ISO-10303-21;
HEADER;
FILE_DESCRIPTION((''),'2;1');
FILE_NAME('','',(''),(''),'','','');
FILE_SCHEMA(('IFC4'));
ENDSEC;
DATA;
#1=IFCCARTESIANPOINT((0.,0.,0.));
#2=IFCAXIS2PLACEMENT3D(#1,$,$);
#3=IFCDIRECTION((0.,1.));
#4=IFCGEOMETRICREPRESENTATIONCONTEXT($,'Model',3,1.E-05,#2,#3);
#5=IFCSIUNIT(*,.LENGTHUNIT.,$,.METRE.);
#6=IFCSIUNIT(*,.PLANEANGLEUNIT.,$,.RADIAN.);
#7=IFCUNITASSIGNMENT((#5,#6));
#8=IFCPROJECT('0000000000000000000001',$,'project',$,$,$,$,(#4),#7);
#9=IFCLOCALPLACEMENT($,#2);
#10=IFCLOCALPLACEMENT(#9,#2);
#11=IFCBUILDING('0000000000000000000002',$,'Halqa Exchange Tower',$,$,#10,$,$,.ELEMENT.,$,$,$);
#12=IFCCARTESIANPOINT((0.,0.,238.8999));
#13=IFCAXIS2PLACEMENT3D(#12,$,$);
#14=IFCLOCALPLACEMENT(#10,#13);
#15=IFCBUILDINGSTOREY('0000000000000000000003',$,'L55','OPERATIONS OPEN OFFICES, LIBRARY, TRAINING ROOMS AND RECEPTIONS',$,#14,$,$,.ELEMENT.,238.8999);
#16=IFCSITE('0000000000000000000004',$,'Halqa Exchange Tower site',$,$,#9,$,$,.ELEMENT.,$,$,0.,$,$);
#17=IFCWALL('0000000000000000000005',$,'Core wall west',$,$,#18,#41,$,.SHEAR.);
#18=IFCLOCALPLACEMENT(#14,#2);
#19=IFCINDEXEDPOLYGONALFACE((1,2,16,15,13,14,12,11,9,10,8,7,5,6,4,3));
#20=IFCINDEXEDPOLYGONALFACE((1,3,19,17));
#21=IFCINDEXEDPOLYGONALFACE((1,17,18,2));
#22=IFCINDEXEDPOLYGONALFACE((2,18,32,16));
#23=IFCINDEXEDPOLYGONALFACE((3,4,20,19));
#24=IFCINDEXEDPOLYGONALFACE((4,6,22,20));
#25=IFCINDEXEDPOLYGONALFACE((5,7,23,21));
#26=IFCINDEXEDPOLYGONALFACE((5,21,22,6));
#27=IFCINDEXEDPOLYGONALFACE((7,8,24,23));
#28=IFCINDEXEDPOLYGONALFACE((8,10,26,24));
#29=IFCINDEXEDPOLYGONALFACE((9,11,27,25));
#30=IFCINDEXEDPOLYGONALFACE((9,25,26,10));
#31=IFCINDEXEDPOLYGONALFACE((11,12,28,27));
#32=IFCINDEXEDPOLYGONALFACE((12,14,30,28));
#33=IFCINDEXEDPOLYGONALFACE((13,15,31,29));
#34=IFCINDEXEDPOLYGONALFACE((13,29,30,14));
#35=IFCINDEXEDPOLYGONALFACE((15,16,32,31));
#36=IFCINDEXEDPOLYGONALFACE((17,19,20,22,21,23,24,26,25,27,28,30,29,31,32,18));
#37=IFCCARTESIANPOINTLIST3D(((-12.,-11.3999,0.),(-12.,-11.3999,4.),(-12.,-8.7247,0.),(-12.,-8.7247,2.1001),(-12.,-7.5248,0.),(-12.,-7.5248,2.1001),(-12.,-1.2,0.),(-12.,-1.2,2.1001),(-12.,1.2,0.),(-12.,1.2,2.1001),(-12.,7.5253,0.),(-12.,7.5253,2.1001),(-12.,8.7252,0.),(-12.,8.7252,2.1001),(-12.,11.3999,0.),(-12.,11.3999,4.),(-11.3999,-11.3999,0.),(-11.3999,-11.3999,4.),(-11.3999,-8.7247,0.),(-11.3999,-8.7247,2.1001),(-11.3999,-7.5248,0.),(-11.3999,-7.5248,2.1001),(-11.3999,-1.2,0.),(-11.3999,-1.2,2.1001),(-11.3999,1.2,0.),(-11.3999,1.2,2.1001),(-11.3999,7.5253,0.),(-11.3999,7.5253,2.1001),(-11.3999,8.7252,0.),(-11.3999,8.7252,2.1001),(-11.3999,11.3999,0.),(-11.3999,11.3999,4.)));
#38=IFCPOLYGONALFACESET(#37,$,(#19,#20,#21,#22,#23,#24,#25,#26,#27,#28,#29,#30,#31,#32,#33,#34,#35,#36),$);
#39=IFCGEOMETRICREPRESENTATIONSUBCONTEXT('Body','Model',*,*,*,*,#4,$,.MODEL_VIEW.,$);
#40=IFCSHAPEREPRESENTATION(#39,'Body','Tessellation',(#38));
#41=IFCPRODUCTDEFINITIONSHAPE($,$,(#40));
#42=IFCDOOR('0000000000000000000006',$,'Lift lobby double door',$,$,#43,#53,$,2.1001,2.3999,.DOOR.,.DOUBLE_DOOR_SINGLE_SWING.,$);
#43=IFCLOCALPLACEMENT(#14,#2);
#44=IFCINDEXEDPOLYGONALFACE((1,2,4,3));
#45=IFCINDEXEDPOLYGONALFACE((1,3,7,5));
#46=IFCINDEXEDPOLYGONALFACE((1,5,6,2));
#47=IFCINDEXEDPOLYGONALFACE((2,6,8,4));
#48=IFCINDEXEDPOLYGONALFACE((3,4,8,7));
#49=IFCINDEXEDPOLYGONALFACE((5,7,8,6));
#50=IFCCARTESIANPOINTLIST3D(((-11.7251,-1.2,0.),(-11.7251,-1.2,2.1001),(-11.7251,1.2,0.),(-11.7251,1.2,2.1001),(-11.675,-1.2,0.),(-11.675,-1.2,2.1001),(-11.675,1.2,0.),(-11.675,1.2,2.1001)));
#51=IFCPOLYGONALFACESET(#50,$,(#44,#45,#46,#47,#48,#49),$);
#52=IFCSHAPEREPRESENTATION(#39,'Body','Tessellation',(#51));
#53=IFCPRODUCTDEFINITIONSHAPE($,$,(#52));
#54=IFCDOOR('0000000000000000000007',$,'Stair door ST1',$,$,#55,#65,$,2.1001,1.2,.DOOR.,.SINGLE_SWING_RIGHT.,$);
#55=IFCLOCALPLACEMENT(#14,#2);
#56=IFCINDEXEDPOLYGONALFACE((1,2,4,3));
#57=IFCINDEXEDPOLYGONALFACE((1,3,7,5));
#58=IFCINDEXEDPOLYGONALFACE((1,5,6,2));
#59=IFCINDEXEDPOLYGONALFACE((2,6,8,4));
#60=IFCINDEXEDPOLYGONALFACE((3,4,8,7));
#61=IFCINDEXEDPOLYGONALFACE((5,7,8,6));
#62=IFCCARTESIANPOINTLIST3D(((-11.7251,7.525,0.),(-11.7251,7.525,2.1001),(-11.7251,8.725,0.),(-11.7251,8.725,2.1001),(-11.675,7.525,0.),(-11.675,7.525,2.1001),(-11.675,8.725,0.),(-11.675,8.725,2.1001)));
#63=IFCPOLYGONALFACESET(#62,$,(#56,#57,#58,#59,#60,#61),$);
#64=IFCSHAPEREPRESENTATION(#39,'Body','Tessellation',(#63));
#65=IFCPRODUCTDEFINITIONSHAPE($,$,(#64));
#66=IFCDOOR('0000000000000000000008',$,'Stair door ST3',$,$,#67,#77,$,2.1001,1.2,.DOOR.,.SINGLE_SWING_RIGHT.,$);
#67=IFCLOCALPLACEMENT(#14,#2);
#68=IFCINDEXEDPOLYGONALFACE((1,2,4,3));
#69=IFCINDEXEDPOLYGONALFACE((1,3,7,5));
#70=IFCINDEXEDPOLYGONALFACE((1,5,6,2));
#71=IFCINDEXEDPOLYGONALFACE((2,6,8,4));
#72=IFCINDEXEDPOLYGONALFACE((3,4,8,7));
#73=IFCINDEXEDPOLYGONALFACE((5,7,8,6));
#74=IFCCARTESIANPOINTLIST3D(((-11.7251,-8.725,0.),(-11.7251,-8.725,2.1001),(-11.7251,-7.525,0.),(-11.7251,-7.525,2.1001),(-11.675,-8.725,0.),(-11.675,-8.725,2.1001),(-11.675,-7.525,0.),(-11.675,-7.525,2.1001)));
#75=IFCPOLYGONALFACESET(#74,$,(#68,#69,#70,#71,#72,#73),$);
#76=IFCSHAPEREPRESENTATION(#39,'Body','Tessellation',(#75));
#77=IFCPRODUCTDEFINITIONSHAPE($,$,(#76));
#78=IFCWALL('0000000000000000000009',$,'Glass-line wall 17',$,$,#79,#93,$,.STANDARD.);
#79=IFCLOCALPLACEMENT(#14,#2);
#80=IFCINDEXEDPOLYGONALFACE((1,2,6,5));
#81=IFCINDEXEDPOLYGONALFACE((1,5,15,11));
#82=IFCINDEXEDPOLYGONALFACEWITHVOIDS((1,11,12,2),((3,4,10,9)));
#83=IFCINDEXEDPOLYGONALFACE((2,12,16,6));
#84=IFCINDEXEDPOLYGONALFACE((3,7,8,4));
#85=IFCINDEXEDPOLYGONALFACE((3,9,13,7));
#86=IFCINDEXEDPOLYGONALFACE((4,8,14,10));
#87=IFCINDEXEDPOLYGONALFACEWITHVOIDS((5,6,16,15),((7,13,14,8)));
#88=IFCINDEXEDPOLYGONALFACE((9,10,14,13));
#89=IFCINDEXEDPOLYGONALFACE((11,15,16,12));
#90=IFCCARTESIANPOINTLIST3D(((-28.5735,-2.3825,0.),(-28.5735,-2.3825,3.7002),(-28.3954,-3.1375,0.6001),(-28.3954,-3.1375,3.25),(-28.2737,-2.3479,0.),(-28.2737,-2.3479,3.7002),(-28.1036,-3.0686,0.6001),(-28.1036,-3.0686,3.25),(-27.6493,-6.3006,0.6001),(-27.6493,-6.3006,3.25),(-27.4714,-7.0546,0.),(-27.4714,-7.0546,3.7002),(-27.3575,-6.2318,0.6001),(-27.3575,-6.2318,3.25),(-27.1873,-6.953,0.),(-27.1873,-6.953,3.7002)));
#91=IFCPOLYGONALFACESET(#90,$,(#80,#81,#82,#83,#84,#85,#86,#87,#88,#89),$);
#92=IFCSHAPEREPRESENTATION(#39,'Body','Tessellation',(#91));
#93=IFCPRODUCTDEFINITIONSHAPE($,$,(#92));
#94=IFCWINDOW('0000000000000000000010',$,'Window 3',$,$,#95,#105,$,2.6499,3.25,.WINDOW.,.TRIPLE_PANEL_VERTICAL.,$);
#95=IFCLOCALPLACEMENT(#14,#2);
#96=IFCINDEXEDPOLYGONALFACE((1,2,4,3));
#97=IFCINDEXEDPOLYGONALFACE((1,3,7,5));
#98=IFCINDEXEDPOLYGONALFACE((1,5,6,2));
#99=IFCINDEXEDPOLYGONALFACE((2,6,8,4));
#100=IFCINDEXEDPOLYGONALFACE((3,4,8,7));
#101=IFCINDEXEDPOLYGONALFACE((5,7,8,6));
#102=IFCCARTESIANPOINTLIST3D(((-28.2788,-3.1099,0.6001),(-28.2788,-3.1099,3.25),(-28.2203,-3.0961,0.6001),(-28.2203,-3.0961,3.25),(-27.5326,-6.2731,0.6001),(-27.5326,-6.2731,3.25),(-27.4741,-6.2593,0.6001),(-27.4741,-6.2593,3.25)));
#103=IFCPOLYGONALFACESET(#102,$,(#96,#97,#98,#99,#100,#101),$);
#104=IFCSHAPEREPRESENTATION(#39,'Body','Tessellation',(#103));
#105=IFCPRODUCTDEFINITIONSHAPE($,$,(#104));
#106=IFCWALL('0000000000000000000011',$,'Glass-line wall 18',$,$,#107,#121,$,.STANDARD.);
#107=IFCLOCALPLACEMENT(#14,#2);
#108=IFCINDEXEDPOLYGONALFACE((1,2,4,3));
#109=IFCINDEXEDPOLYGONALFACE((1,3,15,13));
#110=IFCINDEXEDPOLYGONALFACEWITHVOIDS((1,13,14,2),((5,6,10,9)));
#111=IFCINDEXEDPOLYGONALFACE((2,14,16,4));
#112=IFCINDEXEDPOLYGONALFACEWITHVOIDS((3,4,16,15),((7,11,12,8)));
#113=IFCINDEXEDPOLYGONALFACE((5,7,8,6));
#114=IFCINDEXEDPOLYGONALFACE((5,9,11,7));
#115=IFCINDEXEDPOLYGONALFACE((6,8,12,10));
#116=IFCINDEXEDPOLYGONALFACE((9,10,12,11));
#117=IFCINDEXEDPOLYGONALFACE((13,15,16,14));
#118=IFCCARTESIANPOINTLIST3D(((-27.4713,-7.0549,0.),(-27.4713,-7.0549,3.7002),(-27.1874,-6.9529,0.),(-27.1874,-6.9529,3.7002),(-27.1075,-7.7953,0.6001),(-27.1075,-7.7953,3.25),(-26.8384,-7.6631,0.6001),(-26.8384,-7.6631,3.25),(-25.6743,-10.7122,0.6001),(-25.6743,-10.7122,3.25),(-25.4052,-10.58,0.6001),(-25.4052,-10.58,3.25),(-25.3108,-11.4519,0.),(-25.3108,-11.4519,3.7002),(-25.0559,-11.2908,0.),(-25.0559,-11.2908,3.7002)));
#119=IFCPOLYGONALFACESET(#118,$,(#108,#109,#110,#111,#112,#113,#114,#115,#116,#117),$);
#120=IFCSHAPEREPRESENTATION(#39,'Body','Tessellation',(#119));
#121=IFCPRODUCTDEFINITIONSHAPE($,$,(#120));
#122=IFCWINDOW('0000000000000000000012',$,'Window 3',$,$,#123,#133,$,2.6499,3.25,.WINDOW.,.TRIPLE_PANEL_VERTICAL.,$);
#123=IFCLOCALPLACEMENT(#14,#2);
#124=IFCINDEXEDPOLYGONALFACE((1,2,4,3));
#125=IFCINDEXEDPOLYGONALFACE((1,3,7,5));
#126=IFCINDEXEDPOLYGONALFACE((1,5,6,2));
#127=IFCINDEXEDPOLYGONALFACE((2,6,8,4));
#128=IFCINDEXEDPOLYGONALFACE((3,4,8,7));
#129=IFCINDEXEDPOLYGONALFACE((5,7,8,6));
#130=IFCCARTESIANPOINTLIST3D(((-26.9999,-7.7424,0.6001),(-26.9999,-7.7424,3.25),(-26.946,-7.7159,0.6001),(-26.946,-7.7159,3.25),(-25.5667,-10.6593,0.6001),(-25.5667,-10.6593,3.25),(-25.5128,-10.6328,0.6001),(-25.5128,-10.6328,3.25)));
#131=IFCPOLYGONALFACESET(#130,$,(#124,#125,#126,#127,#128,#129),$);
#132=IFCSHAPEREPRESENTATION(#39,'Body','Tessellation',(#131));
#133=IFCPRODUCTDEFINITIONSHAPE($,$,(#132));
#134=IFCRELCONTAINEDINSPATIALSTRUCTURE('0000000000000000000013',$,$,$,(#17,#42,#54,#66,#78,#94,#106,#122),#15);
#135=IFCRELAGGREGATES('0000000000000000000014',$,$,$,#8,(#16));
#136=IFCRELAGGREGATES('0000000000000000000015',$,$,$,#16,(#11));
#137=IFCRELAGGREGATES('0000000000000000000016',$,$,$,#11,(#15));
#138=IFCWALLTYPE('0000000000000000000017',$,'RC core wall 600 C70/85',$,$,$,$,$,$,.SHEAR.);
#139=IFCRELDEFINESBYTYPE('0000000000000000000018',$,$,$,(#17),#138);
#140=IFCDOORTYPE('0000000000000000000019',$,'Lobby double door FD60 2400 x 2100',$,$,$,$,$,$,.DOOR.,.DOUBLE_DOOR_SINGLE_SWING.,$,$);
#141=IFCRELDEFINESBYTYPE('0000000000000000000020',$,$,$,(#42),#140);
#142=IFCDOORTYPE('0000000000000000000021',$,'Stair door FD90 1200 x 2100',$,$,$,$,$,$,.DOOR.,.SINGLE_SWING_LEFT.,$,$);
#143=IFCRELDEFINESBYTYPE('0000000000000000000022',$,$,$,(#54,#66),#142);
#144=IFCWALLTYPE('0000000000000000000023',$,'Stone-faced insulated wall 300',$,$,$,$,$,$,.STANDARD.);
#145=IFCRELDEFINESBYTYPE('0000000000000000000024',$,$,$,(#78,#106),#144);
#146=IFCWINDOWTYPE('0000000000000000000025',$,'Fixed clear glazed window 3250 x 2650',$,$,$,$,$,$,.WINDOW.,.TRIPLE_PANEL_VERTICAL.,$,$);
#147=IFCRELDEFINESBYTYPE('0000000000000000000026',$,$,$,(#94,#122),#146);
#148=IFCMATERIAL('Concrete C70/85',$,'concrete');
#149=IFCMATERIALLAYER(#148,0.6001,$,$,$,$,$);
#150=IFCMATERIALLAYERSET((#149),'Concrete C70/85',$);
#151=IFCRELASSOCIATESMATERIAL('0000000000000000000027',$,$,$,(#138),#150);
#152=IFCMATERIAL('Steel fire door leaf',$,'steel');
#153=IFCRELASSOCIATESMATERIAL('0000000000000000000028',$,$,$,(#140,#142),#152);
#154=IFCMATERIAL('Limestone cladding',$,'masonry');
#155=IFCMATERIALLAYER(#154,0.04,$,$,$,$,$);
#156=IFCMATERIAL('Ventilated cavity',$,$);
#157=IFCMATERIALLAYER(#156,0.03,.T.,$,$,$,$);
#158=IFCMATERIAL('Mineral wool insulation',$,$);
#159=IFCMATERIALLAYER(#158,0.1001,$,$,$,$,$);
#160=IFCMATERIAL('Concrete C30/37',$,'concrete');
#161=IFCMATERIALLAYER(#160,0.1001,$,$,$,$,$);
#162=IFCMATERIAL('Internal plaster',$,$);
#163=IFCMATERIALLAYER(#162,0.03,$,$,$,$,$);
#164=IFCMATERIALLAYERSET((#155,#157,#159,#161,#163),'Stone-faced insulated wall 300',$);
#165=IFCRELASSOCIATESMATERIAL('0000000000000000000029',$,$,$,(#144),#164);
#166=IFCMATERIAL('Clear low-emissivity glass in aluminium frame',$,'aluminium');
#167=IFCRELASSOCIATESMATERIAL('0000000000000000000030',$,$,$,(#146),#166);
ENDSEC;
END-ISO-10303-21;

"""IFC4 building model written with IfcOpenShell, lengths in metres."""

from ifc_helpers import new_model, si_unit, direction, frame, frame_2d, origin, place, context, subcontext, project, spatial, polyline, rectangle, outline, extrude, material, layer, layer_set, type_object, element, fill, save


model = new_model("IFC4")

# Units and contexts
model_context = context("Model", 3, precision=1e-05, world=origin(), true_north=direction((0.0, 1.0)))
body_context = subcontext(model_context, "Body", "Model", "MODEL_VIEW")
ifc_project = project(units=[si_unit("LENGTHUNIT", "METRE"), si_unit("PLANEANGLEUNIT", "RADIAN")], contexts=[model_context])

# Site, building, storey
site_placement = place(None, origin())
site = spatial("IfcSite", under=ifc_project, at=site_placement, Name="Halqa Exchange Tower site", CompositionType="ELEMENT", RefElevation=0.0)
building_placement = place(site_placement, origin())
building = spatial("IfcBuilding", under=site, at=building_placement, Name="Halqa Exchange Tower", CompositionType="ELEMENT")
storey_placement = place(building_placement, frame((0.0, 0.0, 238.8999)))
storey = spatial("IfcBuildingStorey", under=building, at=storey_placement, Name="L55", Description="OPERATIONS OPEN OFFICES, LIBRARY, TRAINING ROOMS AND RECEPTIONS", CompositionType="ELEMENT", Elevation=238.8999)

# Shared definitions
ifc_material_1 = material(Name="Steel fire door leaf", Category="steel")

# Wall, openings, doors
ifc_material_2 = material(Name="Concrete C70/85", Category="concrete")
ifc_layer_1 = layer(ifc_material_2, 0.6001)
ifc_layer_set_1 = layer_set([ifc_layer_1], Name="Concrete C70/85")
wall_type_1 = type_object("IfcWallType", Name="RC core wall 600 C70/85", PredefinedType="SHEAR", material=ifc_layer_set_1)
wall_1_placement = place(storey_placement, frame((-11.7, -11.3999, 0.0), z_axis=(0.0, 0.0, 1.0), x_axis=(0.0, 1.0, 0.0)))
wall_1 = element("IfcWall", 1, at=wall_1_placement, inside=storey, type_object=wall_type_1, Name="Core wall west", PredefinedType="SHEAR", context=body_context, shape_type="SweptSolid", body=[
    extrude(rectangle(XDim=22.7998, YDim=0.6001, at=frame_2d((11.3999, 0.0))), origin(), (0.0, 0.0, 1.0), 4.0),
])
opening_1_placement = place(wall_1_placement, frame((10.2, 0.0, 0.0)))
opening_1 = element("IfcOpeningElement", 2, at=opening_1_placement, cuts=wall_1, PredefinedType="OPENING", context=body_context, shape_type="SweptSolid", body=[
    extrude(rectangle(XDim=2.3999, YDim=2.1001, at=frame_2d((1.2, 1.05))), frame((0.0, 0.312, 0.0), z_axis=(0.0, -1.0, 0.0), x_axis=(1.0, 0.0, 0.0)), (0.0, 0.0, 1.0), 0.624),
])
opening_2_placement = place(wall_1_placement, frame((18.925, 0.0, 0.0)))
opening_2 = element("IfcOpeningElement", 3, at=opening_2_placement, cuts=wall_1, PredefinedType="OPENING", context=body_context, shape_type="SweptSolid", body=[
    extrude(rectangle(XDim=1.2, YDim=2.1001, at=frame_2d((0.6001, 1.05))), frame((0.0, 0.312, 0.0), z_axis=(0.0, -1.0, 0.0), x_axis=(1.0, 0.0, 0.0)), (0.0, 0.0, 1.0), 0.624),
])
opening_3_placement = place(wall_1_placement, frame((2.675, 0.0, 0.0)))
opening_3 = element("IfcOpeningElement", 4, at=opening_3_placement, cuts=wall_1, PredefinedType="OPENING", context=body_context, shape_type="SweptSolid", body=[
    extrude(rectangle(XDim=1.2, YDim=2.1001, at=frame_2d((0.6001, 1.05))), frame((0.0, 0.312, 0.0), z_axis=(0.0, -1.0, 0.0), x_axis=(1.0, 0.0, 0.0)), (0.0, 0.0, 1.0), 0.624),
])
door_type_1 = type_object("IfcDoorType", Name="Lobby double door FD60 2400 x 2100", OperationType="DOUBLE_DOOR_SINGLE_SWING", PredefinedType="DOOR", material=ifc_material_1)
door_1_placement = place(opening_1_placement, frame((2.3999, 0.0, 0.0), z_axis=(0.0, 0.0, 1.0), x_axis=(-1.0, 0.0, 0.0)))
door_1 = element("IfcDoor", 5, at=door_1_placement, inside=storey, type_object=door_type_1, Name="Lift lobby double door", OperationType="DOUBLE_DOOR_SINGLE_SWING", OverallHeight=2.1001, OverallWidth=2.3999, PredefinedType="DOOR", context=body_context, shape_type="SweptSolid", body=[
    extrude(rectangle(XDim=2.3999, YDim=2.1001, at=frame_2d((1.2, 1.05))), frame((0.0, 0.0249, 0.0), z_axis=(0.0, -1.0, 0.0), x_axis=(1.0, 0.0, 0.0)), (0.0, 0.0, 1.0), 0.05),
])
fill(opening_1, door_1)
door_type_2 = type_object("IfcDoorType", Name="Stair door FD90 1200 x 2100", OperationType="SINGLE_SWING_LEFT", PredefinedType="DOOR", material=ifc_material_1)
door_2_placement = place(opening_2_placement, frame((1.2, 0.0, 0.0), z_axis=(0.0, 0.0, 1.0), x_axis=(-1.0, 0.0, 0.0)))
door_2 = element("IfcDoor", 6, at=door_2_placement, inside=storey, type_object=door_type_2, Name="Stair door ST1", OperationType="SINGLE_SWING_RIGHT", OverallHeight=2.1001, OverallWidth=1.2, PredefinedType="DOOR", context=body_context, shape_type="SweptSolid", body=[
    extrude(rectangle(XDim=1.2, YDim=2.1001, at=frame_2d((0.6001, 1.05))), frame((0.0, 0.0249, 0.0), z_axis=(0.0, -1.0, 0.0), x_axis=(1.0, 0.0, 0.0)), (0.0, 0.0, 1.0), 0.05),
])
fill(opening_2, door_2)
door_3_placement = place(opening_3_placement, frame((1.2, 0.0, 0.0), z_axis=(0.0, 0.0, 1.0), x_axis=(-1.0, 0.0, 0.0)))
door_3 = element("IfcDoor", 7, at=door_3_placement, inside=storey, type_object=door_type_2, Name="Stair door ST3", OperationType="SINGLE_SWING_RIGHT", OverallHeight=2.1001, OverallWidth=1.2, PredefinedType="DOOR", context=body_context, shape_type="SweptSolid", body=[
    extrude(rectangle(XDim=1.2, YDim=2.1001, at=frame_2d((0.6001, 1.05))), frame((0.0, 0.0249, 0.0), z_axis=(0.0, -1.0, 0.0), x_axis=(1.0, 0.0, 0.0)), (0.0, 0.0, 1.0), 0.05),
])
fill(opening_3, door_3)

# Walls, openings, windows
ifc_material_3 = material(Name="Limestone cladding", Category="masonry")
ifc_layer_2 = layer(ifc_material_3, 0.04)
ifc_material_4 = material(Name="Ventilated cavity")
ifc_layer_3 = layer(ifc_material_4, 0.03, ventilated=True)
ifc_material_5 = material(Name="Mineral wool insulation")
ifc_layer_4 = layer(ifc_material_5, 0.1001)
ifc_material_6 = material(Name="Concrete C30/37", Category="concrete")
ifc_layer_5 = layer(ifc_material_6, 0.1001)
ifc_material_7 = material(Name="Internal plaster")
ifc_layer_6 = layer(ifc_material_7, 0.03)
ifc_layer_set_2 = layer_set([ifc_layer_2, ifc_layer_3, ifc_layer_4, ifc_layer_5, ifc_layer_6], Name="Stone-faced insulated wall 300")
wall_type_2 = type_object("IfcWallType", Name="Stone-faced insulated wall 300", PredefinedType="STANDARD", material=ifc_layer_set_2)
wall_2_placement = place(storey_placement, frame((-28.4236, -2.3652, 0.0), z_axis=(0.0, 0.0, 1.0), x_axis=(0.229593, -0.973287, 0.0)))
wall_2 = element("IfcWall", 8, at=wall_2_placement, inside=storey, type_object=wall_type_2, Name="Glass-line wall 17", PredefinedType="STANDARD", context=body_context, shape_type="SweptSolid", body=[
    extrude(outline(polyline([(-0.0176, -0.1499), (4.7827, -0.1499), (4.749, 0.1499), (0.0176, 0.1499), (-0.0176, -0.1499)])), origin(), (0.0, 0.0, 1.0), 3.7002),
])
opening_4_placement = place(wall_2_placement, frame((0.7581, 0.0, 0.6001)))
opening_4 = element("IfcOpeningElement", 9, at=opening_4_placement, cuts=wall_2, PredefinedType="OPENING", context=body_context, shape_type="SweptSolid", body=[
    extrude(rectangle(XDim=3.25, YDim=2.6499, at=frame_2d((1.625, 1.325))), frame((0.0, 0.1621, 0.0), z_axis=(0.0, -1.0, 0.0), x_axis=(1.0, 0.0, 0.0)), (0.0, 0.0, 1.0), 0.324),
])
ifc_material_8 = material(Name="Clear low-emissivity glass in aluminium frame", Category="aluminium")
window_type = type_object("IfcWindowType", Name="Fixed clear glazed window 3250 x 2650", PartitioningType="TRIPLE_PANEL_VERTICAL", PredefinedType="WINDOW", material=ifc_material_8)
window_1_placement = place(opening_4_placement, origin())
window_1 = element("IfcWindow", 10, at=window_1_placement, inside=storey, type_object=window_type, Name="Window 3", OverallHeight=2.6499, OverallWidth=3.25, PartitioningType="TRIPLE_PANEL_VERTICAL", PredefinedType="WINDOW", context=body_context, shape_type="SweptSolid", body=[
    extrude(rectangle(XDim=3.25, YDim=2.6499, at=frame_2d((1.625, 1.325))), frame((0.0, 0.03, 0.0), z_axis=(0.0, -1.0, 0.0), x_axis=(1.0, 0.0, 0.0)), (0.0, 0.0, 1.0), 0.0601),
])
fill(opening_4, window_1)
wall_3_placement = place(storey_placement, frame((-27.3293, -7.0039, 0.0), z_axis=(0.0, 0.0, 1.0), x_axis=(0.441002, -0.897506, 0.0)))
wall_3 = element("IfcWall", 11, at=wall_3_placement, inside=storey, type_object=wall_type_2, Name="Glass-line wall 18", PredefinedType="STANDARD", context=body_context, shape_type="SweptSolid", body=[
    extrude(outline(polyline([(-0.0168, -0.1499), (4.8823, -0.1499), (4.8501, 0.1499), (0.0168, 0.1499), (-0.0168, -0.1499)])), origin(), (0.0, 0.0, 1.0), 3.7002),
])
opening_5_placement = place(wall_3_placement, frame((0.8081, 0.0, 0.6001)))
opening_5 = element("IfcOpeningElement", 12, at=opening_5_placement, cuts=wall_3, PredefinedType="OPENING", context=body_context, shape_type="SweptSolid", body=[
    extrude(rectangle(XDim=3.25, YDim=2.6499, at=frame_2d((1.625, 1.325))), frame((0.0, 0.1621, 0.0), z_axis=(0.0, -1.0, 0.0), x_axis=(1.0, 0.0, 0.0)), (0.0, 0.0, 1.0), 0.324),
])
window_2_placement = place(opening_5_placement, origin())
window_2 = element("IfcWindow", 13, at=window_2_placement, inside=storey, type_object=window_type, Name="Window 3", OverallHeight=2.6499, OverallWidth=3.25, PartitioningType="TRIPLE_PANEL_VERTICAL", PredefinedType="WINDOW", context=body_context, shape_type="SweptSolid", body=[
    extrude(rectangle(XDim=3.25, YDim=2.6499, at=frame_2d((1.625, 1.325))), frame((0.0, 0.03, 0.0), z_axis=(0.0, -1.0, 0.0), x_axis=(1.0, 0.0, 0.0)), (0.0, 0.0, 1.0), 0.0601),
])
fill(opening_5, window_2)

save(model, "model.ifc")
